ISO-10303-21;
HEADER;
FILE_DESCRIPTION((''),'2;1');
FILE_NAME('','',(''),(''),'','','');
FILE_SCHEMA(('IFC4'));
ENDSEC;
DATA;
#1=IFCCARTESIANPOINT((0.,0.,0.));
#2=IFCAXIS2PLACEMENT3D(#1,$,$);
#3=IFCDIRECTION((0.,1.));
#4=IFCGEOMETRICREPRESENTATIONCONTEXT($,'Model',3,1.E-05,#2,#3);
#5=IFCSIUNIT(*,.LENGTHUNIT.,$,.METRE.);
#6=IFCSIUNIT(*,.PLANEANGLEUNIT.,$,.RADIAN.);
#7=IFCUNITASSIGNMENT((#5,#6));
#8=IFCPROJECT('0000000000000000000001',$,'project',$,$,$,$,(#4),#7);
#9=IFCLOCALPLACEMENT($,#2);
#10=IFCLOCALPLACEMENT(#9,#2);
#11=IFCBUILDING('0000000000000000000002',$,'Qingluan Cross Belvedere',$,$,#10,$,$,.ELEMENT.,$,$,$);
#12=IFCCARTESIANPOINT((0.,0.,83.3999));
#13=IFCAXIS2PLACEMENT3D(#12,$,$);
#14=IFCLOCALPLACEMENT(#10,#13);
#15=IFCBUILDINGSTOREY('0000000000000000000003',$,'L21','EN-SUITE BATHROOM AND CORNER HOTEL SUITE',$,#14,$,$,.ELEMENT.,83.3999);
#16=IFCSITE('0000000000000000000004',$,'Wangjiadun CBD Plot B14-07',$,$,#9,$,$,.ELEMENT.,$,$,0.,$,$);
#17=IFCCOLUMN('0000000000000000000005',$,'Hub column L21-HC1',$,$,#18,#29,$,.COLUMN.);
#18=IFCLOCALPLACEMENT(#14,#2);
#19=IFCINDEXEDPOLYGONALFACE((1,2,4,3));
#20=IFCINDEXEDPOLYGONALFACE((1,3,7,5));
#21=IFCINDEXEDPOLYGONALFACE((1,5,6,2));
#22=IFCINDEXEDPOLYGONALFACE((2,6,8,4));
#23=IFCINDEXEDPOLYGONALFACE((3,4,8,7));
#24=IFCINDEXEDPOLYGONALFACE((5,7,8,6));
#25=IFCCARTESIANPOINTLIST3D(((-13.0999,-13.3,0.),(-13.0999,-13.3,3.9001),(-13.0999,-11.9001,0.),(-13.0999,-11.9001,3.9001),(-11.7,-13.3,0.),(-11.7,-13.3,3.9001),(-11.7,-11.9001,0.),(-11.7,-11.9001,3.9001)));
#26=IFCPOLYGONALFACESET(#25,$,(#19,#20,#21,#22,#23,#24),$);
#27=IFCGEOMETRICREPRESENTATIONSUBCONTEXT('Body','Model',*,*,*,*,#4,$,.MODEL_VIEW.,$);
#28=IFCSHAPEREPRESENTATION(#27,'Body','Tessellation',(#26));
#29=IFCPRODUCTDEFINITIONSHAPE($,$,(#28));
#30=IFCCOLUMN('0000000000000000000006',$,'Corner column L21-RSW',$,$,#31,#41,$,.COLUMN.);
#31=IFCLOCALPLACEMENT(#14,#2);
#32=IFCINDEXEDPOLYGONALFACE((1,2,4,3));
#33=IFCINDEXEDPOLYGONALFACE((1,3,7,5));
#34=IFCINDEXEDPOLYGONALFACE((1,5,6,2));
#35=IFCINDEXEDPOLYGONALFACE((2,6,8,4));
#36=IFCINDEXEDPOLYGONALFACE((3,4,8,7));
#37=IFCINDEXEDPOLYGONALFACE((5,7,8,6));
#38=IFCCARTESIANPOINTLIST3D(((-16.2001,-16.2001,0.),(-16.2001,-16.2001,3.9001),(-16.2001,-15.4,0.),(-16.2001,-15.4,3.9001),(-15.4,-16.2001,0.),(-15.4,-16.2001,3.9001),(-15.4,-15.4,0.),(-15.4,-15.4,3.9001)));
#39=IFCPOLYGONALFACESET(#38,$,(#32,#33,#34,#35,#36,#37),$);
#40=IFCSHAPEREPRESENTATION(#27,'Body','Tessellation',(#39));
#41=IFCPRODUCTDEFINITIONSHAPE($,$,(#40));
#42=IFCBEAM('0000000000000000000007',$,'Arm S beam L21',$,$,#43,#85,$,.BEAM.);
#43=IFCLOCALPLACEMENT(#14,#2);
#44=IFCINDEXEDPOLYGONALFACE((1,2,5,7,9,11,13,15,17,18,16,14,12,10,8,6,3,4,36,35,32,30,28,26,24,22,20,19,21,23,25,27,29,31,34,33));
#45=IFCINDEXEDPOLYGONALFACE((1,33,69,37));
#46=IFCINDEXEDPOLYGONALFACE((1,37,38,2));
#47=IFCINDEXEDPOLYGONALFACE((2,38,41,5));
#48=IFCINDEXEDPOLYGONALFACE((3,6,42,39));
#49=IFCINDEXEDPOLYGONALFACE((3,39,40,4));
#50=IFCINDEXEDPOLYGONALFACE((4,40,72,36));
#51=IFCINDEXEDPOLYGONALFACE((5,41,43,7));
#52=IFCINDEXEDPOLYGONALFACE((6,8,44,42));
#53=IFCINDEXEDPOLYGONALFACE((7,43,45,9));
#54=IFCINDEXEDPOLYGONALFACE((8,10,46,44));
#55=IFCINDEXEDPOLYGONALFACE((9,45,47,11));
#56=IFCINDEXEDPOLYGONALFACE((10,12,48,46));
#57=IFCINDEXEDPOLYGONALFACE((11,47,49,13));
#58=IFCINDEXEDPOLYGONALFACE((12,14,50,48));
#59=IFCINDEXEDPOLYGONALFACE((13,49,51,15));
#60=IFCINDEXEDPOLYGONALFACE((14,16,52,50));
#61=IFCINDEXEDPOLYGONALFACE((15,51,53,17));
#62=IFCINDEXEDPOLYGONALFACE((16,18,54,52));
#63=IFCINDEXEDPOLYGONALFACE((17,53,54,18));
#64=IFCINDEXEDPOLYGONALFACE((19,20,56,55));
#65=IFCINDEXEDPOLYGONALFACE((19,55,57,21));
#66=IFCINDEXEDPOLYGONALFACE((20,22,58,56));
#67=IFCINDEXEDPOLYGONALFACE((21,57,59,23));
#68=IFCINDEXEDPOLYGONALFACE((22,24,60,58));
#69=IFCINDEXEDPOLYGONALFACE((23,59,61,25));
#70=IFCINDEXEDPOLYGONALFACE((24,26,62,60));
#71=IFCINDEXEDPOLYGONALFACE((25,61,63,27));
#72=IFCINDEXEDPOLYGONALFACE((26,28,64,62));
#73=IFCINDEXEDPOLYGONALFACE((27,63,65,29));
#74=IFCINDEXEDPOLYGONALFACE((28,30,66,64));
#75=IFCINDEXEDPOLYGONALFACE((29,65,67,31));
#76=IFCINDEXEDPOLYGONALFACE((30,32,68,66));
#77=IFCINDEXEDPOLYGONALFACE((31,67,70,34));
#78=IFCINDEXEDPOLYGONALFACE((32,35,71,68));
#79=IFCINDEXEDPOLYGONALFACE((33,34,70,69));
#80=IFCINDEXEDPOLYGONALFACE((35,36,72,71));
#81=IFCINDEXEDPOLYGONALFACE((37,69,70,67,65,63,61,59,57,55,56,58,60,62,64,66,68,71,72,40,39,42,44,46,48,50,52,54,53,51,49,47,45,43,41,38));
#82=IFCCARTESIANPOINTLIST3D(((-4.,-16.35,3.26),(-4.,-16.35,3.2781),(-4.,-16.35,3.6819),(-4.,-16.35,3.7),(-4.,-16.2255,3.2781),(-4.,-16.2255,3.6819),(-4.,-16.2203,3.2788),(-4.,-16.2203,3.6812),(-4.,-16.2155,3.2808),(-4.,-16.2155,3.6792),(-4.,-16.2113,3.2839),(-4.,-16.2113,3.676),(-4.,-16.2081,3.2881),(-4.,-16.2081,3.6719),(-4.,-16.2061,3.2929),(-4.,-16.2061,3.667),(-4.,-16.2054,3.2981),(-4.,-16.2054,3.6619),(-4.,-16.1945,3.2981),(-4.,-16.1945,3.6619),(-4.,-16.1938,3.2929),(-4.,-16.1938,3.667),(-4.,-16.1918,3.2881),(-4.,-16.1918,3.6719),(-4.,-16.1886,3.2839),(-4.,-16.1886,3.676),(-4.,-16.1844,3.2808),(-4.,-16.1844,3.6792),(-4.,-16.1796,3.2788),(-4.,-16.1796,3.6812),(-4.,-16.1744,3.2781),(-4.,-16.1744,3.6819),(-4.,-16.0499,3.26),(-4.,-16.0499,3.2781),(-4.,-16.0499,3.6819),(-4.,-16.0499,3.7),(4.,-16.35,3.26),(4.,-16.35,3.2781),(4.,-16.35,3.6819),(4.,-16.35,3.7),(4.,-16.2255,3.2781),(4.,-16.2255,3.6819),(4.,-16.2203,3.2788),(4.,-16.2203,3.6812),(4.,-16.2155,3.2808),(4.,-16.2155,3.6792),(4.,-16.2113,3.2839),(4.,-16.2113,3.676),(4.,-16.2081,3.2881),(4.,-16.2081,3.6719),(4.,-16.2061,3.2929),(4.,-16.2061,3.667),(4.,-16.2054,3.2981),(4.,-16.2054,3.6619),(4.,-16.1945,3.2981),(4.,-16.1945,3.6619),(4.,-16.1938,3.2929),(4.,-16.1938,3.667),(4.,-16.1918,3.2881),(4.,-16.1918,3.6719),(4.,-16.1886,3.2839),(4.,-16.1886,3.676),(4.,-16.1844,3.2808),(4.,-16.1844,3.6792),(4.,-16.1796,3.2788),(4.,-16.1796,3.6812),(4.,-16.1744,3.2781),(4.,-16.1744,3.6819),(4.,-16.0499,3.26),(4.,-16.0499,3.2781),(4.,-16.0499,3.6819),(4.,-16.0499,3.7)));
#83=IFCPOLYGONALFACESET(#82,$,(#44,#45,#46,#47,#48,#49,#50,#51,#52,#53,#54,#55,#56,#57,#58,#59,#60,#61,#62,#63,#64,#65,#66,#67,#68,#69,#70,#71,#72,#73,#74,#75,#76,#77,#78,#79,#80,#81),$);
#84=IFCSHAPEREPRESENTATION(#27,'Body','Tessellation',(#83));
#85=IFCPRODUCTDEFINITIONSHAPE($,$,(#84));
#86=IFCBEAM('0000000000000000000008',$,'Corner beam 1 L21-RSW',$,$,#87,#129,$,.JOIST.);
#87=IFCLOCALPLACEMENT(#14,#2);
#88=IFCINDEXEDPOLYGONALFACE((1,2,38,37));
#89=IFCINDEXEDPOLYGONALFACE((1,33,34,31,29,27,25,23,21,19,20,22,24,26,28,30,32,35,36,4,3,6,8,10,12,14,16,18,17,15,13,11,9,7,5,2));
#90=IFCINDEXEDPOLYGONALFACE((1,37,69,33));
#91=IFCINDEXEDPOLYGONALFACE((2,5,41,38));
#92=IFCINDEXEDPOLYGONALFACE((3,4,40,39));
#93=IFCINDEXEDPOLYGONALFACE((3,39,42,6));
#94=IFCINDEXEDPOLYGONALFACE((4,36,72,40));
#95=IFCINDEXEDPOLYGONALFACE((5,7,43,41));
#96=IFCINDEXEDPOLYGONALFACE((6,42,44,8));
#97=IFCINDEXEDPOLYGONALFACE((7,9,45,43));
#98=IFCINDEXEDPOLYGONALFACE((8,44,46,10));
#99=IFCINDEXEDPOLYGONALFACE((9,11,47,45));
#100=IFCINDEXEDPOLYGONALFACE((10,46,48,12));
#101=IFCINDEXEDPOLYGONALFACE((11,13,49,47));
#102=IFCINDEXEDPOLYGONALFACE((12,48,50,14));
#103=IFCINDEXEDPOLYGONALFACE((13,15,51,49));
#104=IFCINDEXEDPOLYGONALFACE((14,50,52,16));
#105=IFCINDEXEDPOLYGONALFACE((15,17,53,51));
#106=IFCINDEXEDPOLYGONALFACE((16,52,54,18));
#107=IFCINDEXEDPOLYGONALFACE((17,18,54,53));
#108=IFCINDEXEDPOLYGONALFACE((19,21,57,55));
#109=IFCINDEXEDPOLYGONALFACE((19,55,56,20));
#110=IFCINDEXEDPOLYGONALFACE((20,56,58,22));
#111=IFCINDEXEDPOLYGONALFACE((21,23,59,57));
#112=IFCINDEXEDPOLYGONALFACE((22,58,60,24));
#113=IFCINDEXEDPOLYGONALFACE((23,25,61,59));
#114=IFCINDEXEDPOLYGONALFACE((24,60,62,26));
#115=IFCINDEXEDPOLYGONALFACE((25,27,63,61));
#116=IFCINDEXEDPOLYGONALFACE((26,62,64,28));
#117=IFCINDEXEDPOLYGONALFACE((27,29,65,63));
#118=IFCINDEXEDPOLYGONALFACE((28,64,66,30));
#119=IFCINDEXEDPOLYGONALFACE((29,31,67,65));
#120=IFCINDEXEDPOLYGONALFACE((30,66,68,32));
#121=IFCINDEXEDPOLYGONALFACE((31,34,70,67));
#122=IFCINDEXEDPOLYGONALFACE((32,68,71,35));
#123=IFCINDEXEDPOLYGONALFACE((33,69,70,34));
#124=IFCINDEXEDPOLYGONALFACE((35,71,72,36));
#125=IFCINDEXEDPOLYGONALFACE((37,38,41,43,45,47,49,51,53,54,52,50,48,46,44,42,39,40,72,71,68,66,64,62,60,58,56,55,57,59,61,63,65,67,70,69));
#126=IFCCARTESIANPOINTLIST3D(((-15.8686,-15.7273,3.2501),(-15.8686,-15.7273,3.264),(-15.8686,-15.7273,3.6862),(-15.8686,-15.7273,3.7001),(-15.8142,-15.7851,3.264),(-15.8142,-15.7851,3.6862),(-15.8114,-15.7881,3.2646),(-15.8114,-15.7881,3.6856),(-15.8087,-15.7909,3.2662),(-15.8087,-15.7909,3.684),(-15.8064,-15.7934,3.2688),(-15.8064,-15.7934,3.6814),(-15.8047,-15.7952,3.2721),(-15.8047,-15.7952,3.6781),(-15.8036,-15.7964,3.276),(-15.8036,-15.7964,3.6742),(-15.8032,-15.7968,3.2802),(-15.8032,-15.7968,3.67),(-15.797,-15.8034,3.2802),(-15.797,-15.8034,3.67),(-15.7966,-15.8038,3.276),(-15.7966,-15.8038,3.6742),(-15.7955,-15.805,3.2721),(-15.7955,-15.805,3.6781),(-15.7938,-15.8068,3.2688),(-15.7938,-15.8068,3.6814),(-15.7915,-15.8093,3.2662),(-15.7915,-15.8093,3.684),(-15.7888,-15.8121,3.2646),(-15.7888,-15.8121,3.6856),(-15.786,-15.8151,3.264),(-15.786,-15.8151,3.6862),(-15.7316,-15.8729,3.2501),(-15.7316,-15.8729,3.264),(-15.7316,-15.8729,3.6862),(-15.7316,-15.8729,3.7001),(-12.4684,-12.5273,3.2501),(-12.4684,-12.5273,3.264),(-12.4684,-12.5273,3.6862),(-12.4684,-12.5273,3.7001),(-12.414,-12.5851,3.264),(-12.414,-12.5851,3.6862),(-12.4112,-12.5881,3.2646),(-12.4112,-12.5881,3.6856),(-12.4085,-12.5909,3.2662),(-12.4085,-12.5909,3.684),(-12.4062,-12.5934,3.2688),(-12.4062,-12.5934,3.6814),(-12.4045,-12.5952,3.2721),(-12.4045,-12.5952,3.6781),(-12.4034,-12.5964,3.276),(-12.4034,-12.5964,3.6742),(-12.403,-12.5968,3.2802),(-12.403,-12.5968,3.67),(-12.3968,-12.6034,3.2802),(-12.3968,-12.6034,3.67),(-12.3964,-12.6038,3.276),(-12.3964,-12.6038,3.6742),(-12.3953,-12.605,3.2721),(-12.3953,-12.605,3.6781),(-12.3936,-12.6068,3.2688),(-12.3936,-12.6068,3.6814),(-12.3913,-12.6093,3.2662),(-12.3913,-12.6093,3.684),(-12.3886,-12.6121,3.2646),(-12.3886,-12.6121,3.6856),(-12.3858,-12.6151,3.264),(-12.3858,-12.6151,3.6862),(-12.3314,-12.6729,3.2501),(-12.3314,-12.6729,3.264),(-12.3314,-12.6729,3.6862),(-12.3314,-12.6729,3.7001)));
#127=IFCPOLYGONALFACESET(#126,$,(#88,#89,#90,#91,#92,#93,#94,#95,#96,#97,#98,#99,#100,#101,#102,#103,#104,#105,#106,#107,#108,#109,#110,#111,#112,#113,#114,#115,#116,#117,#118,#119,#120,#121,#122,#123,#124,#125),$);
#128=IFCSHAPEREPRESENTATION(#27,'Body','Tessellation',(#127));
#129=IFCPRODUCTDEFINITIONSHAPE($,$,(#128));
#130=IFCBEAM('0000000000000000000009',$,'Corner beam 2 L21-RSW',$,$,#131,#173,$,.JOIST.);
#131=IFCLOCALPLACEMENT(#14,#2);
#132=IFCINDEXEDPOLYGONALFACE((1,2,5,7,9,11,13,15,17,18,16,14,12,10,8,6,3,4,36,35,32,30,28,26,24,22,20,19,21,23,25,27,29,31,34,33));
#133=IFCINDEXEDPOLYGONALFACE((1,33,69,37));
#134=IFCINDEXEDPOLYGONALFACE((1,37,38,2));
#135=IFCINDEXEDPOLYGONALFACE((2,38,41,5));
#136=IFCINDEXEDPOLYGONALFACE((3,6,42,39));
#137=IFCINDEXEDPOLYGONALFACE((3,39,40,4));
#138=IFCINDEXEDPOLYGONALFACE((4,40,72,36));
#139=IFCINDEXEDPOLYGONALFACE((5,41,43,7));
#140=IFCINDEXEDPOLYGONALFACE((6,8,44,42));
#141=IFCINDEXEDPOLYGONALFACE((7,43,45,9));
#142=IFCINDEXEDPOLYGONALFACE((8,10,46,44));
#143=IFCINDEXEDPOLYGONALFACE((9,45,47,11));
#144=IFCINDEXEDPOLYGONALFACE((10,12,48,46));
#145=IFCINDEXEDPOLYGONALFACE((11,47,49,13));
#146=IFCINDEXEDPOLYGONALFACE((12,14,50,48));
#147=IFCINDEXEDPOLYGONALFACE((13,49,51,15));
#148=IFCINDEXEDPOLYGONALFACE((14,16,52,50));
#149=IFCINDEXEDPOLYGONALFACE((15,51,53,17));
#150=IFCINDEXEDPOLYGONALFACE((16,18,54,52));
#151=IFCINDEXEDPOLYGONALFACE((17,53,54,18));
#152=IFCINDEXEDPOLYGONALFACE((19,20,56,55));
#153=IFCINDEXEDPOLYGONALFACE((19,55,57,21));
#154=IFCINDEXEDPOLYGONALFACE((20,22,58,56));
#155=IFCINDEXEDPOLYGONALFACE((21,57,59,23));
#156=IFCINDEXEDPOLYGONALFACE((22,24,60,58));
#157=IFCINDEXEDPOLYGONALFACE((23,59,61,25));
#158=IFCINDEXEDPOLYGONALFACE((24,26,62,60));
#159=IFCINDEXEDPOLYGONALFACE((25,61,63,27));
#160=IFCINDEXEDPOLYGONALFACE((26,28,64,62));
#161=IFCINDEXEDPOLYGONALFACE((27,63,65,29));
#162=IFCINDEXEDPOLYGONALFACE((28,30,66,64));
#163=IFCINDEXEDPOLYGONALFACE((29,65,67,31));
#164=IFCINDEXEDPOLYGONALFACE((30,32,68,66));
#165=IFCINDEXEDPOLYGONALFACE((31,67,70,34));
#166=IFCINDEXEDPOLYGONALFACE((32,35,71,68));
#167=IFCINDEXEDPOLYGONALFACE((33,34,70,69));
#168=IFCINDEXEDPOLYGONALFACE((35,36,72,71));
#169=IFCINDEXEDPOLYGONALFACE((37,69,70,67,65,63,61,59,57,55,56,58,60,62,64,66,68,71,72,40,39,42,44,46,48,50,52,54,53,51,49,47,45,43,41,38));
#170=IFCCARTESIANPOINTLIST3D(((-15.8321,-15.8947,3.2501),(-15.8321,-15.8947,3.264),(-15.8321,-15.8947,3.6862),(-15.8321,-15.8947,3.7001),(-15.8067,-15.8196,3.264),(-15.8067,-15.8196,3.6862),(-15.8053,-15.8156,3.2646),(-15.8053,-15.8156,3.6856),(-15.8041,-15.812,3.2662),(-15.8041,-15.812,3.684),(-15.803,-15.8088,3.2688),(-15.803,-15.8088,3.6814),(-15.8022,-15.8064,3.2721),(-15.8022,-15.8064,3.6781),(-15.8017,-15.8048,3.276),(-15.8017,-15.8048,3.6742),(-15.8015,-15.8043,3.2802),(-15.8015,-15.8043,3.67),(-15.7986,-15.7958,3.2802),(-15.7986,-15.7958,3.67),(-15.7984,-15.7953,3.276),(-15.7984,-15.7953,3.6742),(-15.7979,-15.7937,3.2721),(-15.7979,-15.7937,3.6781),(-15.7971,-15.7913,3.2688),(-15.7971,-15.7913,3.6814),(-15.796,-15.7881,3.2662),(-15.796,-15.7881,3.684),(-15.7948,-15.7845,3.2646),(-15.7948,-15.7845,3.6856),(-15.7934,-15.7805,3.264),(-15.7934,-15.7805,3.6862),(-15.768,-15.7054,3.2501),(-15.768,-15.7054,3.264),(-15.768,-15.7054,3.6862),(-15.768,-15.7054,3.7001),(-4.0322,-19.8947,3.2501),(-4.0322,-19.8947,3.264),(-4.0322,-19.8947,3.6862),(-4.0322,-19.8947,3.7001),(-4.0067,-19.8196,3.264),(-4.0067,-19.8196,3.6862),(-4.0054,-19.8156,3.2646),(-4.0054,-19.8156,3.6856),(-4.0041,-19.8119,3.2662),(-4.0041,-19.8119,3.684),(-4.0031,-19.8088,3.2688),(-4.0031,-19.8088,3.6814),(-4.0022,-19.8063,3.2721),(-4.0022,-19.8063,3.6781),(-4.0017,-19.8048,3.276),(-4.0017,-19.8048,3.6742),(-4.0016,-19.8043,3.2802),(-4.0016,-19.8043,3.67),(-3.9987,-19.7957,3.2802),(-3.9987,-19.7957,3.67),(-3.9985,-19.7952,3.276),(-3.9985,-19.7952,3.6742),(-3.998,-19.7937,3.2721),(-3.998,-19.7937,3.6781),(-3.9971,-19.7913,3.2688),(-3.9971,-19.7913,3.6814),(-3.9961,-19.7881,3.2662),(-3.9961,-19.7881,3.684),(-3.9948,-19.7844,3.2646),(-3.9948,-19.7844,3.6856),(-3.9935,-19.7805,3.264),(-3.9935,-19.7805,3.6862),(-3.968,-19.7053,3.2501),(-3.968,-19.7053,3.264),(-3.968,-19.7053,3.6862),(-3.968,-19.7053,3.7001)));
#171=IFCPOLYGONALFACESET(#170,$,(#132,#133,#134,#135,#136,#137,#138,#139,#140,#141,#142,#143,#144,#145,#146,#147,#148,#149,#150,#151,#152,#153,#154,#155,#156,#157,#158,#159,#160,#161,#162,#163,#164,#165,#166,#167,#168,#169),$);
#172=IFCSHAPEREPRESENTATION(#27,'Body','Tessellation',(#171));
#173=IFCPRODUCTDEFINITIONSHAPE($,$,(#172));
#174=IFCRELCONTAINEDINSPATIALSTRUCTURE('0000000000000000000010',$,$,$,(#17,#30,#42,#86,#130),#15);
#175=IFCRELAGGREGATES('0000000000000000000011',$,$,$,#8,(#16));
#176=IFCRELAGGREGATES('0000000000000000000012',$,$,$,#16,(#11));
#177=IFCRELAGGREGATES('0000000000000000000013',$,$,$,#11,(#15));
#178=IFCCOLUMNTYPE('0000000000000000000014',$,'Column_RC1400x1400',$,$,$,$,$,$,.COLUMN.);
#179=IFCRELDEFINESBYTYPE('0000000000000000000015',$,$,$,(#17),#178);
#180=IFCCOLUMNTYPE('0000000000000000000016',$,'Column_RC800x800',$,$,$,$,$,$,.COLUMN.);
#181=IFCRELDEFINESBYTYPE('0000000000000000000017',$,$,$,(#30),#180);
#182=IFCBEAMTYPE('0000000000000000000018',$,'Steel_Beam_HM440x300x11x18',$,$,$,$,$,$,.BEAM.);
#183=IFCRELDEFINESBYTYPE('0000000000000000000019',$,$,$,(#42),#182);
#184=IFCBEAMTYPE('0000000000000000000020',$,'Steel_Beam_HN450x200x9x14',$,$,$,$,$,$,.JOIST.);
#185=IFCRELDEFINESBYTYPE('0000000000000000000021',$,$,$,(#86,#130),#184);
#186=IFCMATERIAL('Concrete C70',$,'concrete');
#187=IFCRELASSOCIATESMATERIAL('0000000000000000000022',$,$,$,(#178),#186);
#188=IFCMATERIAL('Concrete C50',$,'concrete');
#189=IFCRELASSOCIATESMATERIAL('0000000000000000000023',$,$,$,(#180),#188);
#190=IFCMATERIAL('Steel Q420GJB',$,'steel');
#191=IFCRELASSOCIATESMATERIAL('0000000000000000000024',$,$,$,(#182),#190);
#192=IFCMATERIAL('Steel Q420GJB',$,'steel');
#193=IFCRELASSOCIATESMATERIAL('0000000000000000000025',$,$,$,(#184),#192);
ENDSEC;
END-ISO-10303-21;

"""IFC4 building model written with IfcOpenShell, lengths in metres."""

from ifc_helpers import new_model, si_unit, direction, frame, origin, origin_2d, place, context, subcontext, project, spatial, rectangle, i_section, extrude, material, material_profile, profile_set, type_object, element, save


model = new_model("IFC4")

# Units and contexts
model_context = context("Model", 3, precision=1e-05, world=origin(), true_north=direction((0.0, 1.0)))
body_context = subcontext(model_context, "Body", "Model", "MODEL_VIEW")
ifc_project = project(units=[si_unit("LENGTHUNIT", "METRE"), si_unit("PLANEANGLEUNIT", "RADIAN")], contexts=[model_context])

# Site, building, storey
site_placement = place(None, origin())
site = spatial("IfcSite", under=ifc_project, at=site_placement, Name="Wangjiadun CBD Plot B14-07", CompositionType="ELEMENT", RefElevation=0.0)
building_placement = place(site_placement, origin())
building = spatial("IfcBuilding", under=site, at=building_placement, Name="Qingluan Cross Belvedere", CompositionType="ELEMENT")
storey_placement = place(building_placement, frame((0.0, 0.0, 83.3999)))
storey = spatial("IfcBuildingStorey", under=building, at=storey_placement, Name="L21", Description="EN-SUITE BATHROOM AND CORNER HOTEL SUITE", CompositionType="ELEMENT", Elevation=83.3999)

# Columns
ifc_material_1 = material(Name="Concrete C70", Category="concrete")
ifc_material_profile_1 = material_profile(ifc_material_1, rectangle(XDim=1.3999, YDim=1.3999, at=origin_2d()), Name="RC1400x1400")
ifc_profile_set_1 = profile_set([ifc_material_profile_1], Name="Concrete C70")
column_type_1 = type_object("IfcColumnType", Name="Column_RC1400x1400", PredefinedType="COLUMN", material=ifc_profile_set_1)
column_1_placement = place(storey_placement, frame((-12.3999, -12.6001, 0.0), z_axis=(0.0, 0.0, 1.0), x_axis=(1.0, 0.0, 0.0)))
element("IfcColumn", 1, at=column_1_placement, inside=storey, type_object=column_type_1, Name="Hub column L21-HC1", PredefinedType="COLUMN", context=body_context, shape_type="SweptSolid", body=[
    extrude(rectangle(XDim=1.3999, YDim=1.3999, at=origin_2d()), origin(), (0.0, 0.0, 1.0), 3.9001),
])
ifc_material_2 = material(Name="Concrete C50", Category="concrete")
ifc_material_profile_2 = material_profile(ifc_material_2, rectangle(XDim=0.8, YDim=0.8, at=origin_2d()), Name="RC800x800")
ifc_profile_set_2 = profile_set([ifc_material_profile_2], Name="Concrete C50")
column_type_2 = type_object("IfcColumnType", Name="Column_RC800x800", PredefinedType="COLUMN", material=ifc_profile_set_2)
column_2_placement = place(storey_placement, frame((-15.8, -15.8, 0.0), z_axis=(0.0, 0.0, 1.0), x_axis=(1.0, 0.0, 0.0)))
element("IfcColumn", 2, at=column_2_placement, inside=storey, type_object=column_type_2, Name="Corner column L21-RSW", PredefinedType="COLUMN", context=body_context, shape_type="SweptSolid", body=[
    extrude(rectangle(XDim=0.8, YDim=0.8, at=origin_2d()), origin(), (0.0, 0.0, 1.0), 3.9001),
])

# Beams
ifc_material_3 = material(Name="Steel Q420GJB", Category="steel")
ifc_material_profile_3 = material_profile(ifc_material_3, i_section(OverallWidth=0.3, OverallDepth=0.4399, WebThickness=0.011, FlangeThickness=0.0181, FilletRadius=0.02, at=origin_2d()), Name="HM440x300x11x18")
ifc_profile_set_3 = profile_set([ifc_material_profile_3], Name="Steel Q420GJB")
beam_type_1 = type_object("IfcBeamType", Name="Steel_Beam_HM440x300x11x18", PredefinedType="BEAM", material=ifc_profile_set_3)
beam_1_placement = place(storey_placement, frame((-4.0, -16.2, 3.48), z_axis=(1.0, 0.0, 0.0), x_axis=(0.0, 1.0, 0.0)))
element("IfcBeam", 3, at=beam_1_placement, inside=storey, type_object=beam_type_1, Name="Arm S beam L21", PredefinedType="BEAM", context=body_context, shape_type="SweptSolid", body=[
    extrude(i_section(OverallWidth=0.3, OverallDepth=0.4399, WebThickness=0.011, FlangeThickness=0.0181, FilletRadius=0.02, at=origin_2d()), origin(), (0.0, 0.0, 1.0), 8.0),
])
ifc_material_4 = material(Name="Steel Q420GJB", Category="steel")
ifc_material_profile_4 = material_profile(ifc_material_4, i_section(OverallWidth=0.2, OverallDepth=0.45, WebThickness=0.009, FlangeThickness=0.0139, FilletRadius=0.0161, at=origin_2d()), Name="HN450x200x9x14")
ifc_profile_set_4 = profile_set([ifc_material_profile_4], Name="Steel Q420GJB")
beam_type_2 = type_object("IfcBeamType", Name="Steel_Beam_HN450x200x9x14", PredefinedType="JOIST", material=ifc_profile_set_4)
beam_2_placement = place(storey_placement, frame((-12.3999, -12.6001, 3.4751), z_axis=(-0.72822, -0.685343, 0.0), x_axis=(0.685343, -0.72822, 0.0)))
element("IfcBeam", 4, at=beam_2_placement, inside=storey, type_object=beam_type_2, Name="Corner beam 1 L21-RSW", PredefinedType="JOIST", context=body_context, shape_type="SweptSolid", body=[
    extrude(i_section(OverallWidth=0.2, OverallDepth=0.45, WebThickness=0.009, FlangeThickness=0.0139, FilletRadius=0.0161, at=origin_2d()), origin(), (0.0, 0.0, 1.0), 4.6692),
])
for number, where, z_axis, x_axis, name in (
    (5, (-15.8, -15.8, 3.4751), (0.947066, -0.321038, 0.0), (0.321038, 0.947066, 0.0), "Corner beam 2 L21-RSW"),
):
    element("IfcBeam", number, at=place(storey_placement, frame(where, z_axis=z_axis, x_axis=x_axis)), inside=storey, type_object=beam_type_2, Name=name, PredefinedType="JOIST", context=body_context, shape_type="SweptSolid", body=[
        extrude(i_section(OverallWidth=0.2, OverallDepth=0.45, WebThickness=0.009, FlangeThickness=0.0139, FilletRadius=0.0161, at=origin_2d()), origin(), (0.0, 0.0, 1.0), 12.4595),
    ])

save(model, "model.ifc")
